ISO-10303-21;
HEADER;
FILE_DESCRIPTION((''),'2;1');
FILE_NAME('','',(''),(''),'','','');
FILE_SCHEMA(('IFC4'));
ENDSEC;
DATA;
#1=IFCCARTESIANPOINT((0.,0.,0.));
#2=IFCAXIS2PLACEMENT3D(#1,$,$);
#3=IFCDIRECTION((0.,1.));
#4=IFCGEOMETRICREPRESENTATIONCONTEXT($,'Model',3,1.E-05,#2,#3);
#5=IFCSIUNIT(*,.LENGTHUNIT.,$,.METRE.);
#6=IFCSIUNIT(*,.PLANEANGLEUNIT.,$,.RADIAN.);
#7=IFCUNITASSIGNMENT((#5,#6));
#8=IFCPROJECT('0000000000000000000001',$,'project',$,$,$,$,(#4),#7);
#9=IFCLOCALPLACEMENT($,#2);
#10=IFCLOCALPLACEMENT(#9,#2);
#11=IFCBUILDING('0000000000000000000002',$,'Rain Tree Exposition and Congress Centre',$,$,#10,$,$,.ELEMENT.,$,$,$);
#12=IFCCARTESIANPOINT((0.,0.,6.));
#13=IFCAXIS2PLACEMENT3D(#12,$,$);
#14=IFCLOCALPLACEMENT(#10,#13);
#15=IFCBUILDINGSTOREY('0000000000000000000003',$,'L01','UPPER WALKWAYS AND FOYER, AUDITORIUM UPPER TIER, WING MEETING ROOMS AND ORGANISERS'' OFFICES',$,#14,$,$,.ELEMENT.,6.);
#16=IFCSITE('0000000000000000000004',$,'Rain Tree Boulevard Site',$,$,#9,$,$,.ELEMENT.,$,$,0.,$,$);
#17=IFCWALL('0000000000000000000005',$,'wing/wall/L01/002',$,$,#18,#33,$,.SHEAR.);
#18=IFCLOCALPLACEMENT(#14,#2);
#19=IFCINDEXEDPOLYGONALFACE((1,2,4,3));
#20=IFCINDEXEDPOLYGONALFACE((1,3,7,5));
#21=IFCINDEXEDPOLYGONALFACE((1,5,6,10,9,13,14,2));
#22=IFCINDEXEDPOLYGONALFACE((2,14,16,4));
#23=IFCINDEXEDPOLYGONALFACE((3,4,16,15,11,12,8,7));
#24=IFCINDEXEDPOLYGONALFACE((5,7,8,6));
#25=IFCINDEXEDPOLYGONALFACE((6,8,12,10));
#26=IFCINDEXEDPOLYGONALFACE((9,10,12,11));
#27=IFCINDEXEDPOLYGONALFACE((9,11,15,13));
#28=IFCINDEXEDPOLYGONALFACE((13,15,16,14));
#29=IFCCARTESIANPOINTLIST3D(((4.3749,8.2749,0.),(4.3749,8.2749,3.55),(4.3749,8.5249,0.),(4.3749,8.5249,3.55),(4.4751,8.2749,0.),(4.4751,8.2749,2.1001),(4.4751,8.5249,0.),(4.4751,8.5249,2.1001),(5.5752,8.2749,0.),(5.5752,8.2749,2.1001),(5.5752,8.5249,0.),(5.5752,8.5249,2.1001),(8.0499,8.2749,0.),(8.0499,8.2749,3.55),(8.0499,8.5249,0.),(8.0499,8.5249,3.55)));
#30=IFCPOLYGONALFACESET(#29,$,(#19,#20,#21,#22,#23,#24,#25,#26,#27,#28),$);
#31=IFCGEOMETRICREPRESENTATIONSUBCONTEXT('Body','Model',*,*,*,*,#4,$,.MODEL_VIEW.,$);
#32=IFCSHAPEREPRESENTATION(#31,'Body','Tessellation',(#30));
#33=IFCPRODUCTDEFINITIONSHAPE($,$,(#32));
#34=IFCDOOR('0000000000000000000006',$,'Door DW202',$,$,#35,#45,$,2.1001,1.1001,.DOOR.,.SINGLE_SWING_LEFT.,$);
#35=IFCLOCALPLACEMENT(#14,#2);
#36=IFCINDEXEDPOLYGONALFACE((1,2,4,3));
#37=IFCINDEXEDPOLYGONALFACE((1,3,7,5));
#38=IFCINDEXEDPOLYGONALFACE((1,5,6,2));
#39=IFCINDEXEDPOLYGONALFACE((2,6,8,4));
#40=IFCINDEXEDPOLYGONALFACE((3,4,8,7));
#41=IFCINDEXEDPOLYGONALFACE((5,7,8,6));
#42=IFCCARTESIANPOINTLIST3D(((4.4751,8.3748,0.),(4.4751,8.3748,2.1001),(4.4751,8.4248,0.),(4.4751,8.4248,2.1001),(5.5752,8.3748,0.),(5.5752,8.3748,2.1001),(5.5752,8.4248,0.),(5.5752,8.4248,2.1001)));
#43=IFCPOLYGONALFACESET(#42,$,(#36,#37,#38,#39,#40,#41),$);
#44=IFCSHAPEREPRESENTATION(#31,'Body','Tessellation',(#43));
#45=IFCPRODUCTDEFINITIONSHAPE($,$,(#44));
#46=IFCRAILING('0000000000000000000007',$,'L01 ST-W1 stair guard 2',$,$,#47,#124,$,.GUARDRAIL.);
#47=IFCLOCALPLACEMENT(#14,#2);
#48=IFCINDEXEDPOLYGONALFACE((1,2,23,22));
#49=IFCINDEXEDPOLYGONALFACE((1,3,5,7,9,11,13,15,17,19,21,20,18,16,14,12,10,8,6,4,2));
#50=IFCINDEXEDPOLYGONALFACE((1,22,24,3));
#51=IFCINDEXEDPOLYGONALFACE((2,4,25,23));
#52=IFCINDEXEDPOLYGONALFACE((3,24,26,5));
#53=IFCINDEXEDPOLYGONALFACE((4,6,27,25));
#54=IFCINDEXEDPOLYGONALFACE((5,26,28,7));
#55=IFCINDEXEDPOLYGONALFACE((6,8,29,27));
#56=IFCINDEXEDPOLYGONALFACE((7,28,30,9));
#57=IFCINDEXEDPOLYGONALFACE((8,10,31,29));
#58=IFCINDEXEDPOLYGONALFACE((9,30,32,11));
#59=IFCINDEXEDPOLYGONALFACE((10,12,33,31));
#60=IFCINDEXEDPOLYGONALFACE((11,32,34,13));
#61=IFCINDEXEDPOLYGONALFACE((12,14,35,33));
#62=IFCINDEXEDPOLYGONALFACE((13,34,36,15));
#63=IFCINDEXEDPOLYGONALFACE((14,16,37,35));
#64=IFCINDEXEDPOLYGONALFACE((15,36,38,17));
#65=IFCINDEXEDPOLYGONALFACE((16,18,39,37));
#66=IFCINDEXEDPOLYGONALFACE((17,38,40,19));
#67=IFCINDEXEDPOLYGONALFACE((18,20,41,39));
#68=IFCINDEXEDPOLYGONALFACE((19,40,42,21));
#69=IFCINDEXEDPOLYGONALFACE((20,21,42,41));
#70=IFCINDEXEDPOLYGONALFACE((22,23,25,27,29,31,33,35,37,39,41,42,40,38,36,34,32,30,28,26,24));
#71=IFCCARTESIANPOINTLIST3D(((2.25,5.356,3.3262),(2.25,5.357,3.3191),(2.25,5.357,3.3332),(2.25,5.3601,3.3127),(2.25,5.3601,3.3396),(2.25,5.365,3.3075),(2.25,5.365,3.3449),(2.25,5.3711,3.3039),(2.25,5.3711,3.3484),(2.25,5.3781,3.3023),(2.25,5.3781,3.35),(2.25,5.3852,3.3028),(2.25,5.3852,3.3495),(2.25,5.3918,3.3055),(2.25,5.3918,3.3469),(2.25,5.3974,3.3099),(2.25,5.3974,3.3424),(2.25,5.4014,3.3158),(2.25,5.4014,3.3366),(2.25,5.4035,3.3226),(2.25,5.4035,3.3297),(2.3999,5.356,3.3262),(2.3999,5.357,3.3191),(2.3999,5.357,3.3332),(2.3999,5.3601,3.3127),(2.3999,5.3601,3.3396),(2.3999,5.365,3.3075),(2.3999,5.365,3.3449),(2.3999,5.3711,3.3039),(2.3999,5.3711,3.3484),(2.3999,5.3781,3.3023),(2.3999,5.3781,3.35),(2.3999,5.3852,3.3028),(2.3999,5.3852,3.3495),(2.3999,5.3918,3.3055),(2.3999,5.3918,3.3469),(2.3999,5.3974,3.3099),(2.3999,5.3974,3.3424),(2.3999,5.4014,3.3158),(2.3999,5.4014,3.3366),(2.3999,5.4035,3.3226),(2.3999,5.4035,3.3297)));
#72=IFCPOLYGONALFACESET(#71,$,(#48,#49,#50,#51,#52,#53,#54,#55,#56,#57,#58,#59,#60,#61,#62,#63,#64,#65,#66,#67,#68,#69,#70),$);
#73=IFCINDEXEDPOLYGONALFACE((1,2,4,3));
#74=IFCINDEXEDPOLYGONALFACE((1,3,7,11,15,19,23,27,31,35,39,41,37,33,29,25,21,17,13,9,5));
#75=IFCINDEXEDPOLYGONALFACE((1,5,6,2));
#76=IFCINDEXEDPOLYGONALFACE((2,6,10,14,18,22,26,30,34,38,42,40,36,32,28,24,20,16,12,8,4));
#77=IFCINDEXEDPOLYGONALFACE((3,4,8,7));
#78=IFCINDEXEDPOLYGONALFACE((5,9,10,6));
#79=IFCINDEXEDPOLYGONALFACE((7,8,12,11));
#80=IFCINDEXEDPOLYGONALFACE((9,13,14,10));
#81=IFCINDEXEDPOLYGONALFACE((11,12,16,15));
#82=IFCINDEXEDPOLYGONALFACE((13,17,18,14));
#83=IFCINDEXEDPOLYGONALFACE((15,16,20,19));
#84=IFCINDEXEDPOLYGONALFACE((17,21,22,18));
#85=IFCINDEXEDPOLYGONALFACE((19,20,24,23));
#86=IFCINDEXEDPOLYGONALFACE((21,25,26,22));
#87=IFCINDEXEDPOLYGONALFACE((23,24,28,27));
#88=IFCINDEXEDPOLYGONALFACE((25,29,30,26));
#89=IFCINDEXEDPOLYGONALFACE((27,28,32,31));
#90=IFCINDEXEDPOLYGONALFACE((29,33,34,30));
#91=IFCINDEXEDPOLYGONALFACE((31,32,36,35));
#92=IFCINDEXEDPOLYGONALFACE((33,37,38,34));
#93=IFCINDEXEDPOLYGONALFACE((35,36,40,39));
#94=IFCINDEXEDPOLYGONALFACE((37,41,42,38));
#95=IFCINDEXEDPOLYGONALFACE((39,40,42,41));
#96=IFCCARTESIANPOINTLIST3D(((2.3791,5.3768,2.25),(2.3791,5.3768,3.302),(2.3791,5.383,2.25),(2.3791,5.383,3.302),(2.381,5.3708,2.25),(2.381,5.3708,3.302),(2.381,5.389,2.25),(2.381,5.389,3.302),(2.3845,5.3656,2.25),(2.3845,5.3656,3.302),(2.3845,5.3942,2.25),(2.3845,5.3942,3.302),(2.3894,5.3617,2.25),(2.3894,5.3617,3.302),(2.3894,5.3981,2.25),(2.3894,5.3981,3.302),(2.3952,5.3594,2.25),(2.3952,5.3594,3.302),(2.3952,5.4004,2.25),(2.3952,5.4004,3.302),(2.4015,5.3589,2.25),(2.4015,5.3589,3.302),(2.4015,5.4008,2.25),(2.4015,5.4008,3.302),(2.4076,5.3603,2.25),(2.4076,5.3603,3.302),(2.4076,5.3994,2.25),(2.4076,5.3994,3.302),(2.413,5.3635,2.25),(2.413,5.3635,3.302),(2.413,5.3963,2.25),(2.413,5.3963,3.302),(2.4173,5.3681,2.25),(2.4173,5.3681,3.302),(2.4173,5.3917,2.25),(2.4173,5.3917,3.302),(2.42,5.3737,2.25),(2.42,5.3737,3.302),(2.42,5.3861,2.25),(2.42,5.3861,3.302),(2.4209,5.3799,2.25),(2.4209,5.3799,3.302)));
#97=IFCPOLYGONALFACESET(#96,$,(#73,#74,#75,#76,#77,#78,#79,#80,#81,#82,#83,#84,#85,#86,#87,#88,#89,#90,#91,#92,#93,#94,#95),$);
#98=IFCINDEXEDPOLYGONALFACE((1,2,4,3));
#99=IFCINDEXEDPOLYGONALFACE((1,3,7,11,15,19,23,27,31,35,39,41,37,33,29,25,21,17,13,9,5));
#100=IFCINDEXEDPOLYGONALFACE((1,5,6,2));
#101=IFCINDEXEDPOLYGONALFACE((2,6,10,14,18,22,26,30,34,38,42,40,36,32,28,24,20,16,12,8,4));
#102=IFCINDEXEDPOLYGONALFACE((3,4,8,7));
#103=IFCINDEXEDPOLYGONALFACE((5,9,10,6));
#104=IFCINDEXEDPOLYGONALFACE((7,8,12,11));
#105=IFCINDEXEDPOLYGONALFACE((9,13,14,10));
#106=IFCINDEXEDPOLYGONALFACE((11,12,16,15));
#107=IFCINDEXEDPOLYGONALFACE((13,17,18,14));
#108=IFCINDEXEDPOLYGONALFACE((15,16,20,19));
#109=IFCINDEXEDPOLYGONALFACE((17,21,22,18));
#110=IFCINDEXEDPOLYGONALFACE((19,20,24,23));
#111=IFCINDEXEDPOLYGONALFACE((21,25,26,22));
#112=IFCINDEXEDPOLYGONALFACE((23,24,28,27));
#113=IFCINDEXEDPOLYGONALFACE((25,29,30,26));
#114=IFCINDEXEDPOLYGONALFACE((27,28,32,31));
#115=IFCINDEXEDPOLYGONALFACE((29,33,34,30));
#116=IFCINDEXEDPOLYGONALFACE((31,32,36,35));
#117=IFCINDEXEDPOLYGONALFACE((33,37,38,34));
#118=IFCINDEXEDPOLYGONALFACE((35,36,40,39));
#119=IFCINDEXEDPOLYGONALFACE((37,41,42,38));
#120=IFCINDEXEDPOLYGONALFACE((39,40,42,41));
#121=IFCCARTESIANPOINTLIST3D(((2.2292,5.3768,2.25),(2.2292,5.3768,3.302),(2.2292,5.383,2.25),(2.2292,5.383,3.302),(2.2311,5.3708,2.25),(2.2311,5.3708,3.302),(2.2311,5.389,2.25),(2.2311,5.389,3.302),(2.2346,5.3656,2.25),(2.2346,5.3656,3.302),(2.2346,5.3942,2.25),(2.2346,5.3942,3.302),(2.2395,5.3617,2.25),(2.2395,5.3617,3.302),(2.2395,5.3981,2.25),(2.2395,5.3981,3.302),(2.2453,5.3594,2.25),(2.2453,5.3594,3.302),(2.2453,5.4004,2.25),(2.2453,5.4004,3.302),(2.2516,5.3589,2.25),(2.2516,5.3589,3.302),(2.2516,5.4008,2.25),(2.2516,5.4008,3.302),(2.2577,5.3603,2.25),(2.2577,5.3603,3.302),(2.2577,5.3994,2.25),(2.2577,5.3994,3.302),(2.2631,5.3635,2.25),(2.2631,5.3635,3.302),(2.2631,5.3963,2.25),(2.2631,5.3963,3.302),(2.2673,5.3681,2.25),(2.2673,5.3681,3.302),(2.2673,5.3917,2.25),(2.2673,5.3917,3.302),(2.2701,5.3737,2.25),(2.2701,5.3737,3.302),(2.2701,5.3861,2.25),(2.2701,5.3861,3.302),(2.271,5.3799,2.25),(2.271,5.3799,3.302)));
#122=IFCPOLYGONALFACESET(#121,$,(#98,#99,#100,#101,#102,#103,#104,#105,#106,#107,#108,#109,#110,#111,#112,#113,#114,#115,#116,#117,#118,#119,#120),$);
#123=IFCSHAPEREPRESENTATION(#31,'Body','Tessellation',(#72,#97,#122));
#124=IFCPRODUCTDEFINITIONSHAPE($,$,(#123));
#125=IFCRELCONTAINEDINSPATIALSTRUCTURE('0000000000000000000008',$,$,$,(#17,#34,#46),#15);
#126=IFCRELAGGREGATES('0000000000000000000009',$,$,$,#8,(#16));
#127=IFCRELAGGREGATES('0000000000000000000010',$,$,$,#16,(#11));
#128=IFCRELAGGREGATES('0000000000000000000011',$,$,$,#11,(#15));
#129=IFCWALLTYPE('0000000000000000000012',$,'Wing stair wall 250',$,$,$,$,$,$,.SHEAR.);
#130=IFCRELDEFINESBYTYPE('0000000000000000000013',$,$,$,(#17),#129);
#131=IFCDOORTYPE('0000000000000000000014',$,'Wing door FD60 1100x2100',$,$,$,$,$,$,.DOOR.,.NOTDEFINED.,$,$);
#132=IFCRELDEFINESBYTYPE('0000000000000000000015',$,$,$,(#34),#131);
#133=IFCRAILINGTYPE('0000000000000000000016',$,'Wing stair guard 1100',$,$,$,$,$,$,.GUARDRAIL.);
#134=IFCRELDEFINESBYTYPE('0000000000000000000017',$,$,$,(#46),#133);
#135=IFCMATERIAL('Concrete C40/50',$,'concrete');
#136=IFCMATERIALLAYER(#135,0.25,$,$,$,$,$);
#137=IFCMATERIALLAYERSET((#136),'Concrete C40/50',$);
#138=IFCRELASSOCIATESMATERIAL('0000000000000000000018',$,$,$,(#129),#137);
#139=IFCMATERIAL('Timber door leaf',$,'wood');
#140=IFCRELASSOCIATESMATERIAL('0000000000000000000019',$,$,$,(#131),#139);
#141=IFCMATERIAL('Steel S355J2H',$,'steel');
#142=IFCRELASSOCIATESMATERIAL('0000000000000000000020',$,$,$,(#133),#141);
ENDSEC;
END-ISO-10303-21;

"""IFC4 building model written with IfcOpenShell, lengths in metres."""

from ifc_helpers import new_model, si_unit, direction, frame, frame_2d, origin, origin_2d, place, context, subcontext, project, spatial, rectangle, circle, extrude, material, layer, layer_set, type_object, element, fill, save


model = new_model("IFC4")

# Units and contexts
model_context = context("Model", 3, precision=1e-05, world=origin(), true_north=direction((0.0, 1.0)))
body_context = subcontext(model_context, "Body", "Model", "MODEL_VIEW")
ifc_project = project(units=[si_unit("LENGTHUNIT", "METRE"), si_unit("PLANEANGLEUNIT", "RADIAN")], contexts=[model_context])

# Site, building, storey
site_placement = place(None, origin())
site = spatial("IfcSite", under=ifc_project, at=site_placement, Name="Rain Tree Boulevard Site", CompositionType="ELEMENT", RefElevation=0.0)
building_placement = place(site_placement, origin())
building = spatial("IfcBuilding", under=site, at=building_placement, Name="Rain Tree Exposition and Congress Centre", CompositionType="ELEMENT")
storey_placement = place(building_placement, frame((0.0, 0.0, 6.0)))
storey = spatial("IfcBuildingStorey", under=building, at=storey_placement, Name="L01", Description="UPPER WALKWAYS AND FOYER, AUDITORIUM UPPER TIER, WING MEETING ROOMS AND ORGANISERS' OFFICES", CompositionType="ELEMENT", Elevation=6.0)

# Shared definitions
ifc_material_1 = material(Name="Concrete C40/50", Category="concrete")
ifc_layer_1 = layer(ifc_material_1, 0.25)
ifc_layer_set_1 = layer_set([ifc_layer_1], Name="Concrete C40/50")
wall_type_1 = type_object("IfcWallType", Name="Wing stair wall 250", PredefinedType="SHEAR", material=ifc_layer_set_1)

# Wall, opening, door
wall_1_placement = place(storey_placement, frame((4.375, 8.3999, 0.0), z_axis=(0.0, 0.0, 1.0), x_axis=(1.0, 0.0, 0.0)))
wall_1 = element("IfcWall", 1, at=wall_1_placement, inside=storey, type_object=wall_type_1, Name="wing/wall/L01/002", PredefinedType="SHEAR", context=body_context, shape_type="SweptSolid", body=[
    extrude(rectangle(XDim=3.675, YDim=0.25, at=frame_2d((1.8374, 0.0))), origin(), (0.0, 0.0, 1.0), 3.55),
])
opening_1_placement = place(wall_1_placement, frame((0.1001, 0.0, 0.0)))
opening_1 = element("IfcOpeningElement", 2, at=opening_1_placement, cuts=wall_1, PredefinedType="OPENING", context=body_context, shape_type="SweptSolid", body=[
    extrude(rectangle(XDim=1.1001, YDim=2.1001, at=frame_2d((0.55, 1.05))), frame((0.0, 0.125, 0.0), z_axis=(0.0, -1.0, 0.0), x_axis=(1.0, 0.0, 0.0)), (0.0, 0.0, 1.0), 0.25),
])
ifc_material_2 = material(Name="Timber door leaf", Category="wood")
door_type_1 = type_object("IfcDoorType", Name="Wing door FD60 1100x2100", OperationType="NOTDEFINED", PredefinedType="DOOR", material=ifc_material_2)
door_1_placement = place(opening_1_placement, origin())
door_1 = element("IfcDoor", 3, at=door_1_placement, inside=storey, type_object=door_type_1, Name="Door DW202", OperationType="SINGLE_SWING_LEFT", OverallHeight=2.1001, OverallWidth=1.1001, PredefinedType="DOOR", context=body_context, shape_type="SweptSolid", body=[
    extrude(rectangle(XDim=1.1001, YDim=2.1001, at=frame_2d((0.55, 1.05))), frame((0.0, 0.0249, 0.0), z_axis=(0.0, -1.0, 0.0), x_axis=(1.0, 0.0, 0.0)), (0.0, 0.0, 1.0), 0.05),
])
fill(opening_1, door_1)

# Railing
ifc_material_3 = material(Name="Steel S355J2H", Category="steel")
railing_type = type_object("IfcRailingType", Name="Wing stair guard 1100", PredefinedType="GUARDRAIL", material=ifc_material_3)
railing_1_placement = place(storey_placement, frame((2.3999, 5.3799, 2.25)))
element("IfcRailing", 4, at=railing_1_placement, inside=storey, type_object=railing_type, Name="L01 ST-W1 stair guard 2", PredefinedType="GUARDRAIL", context=body_context, shape_type="SweptSolid", body=[
    extrude(circle(Radius=0.0239, at=origin_2d()), frame((0.0, 0.0, 1.0762), z_axis=(-1.0, 0.0, 0.0), x_axis=(0.0, -1.0, 0.0)), (0.0, 0.0, 1.0), 0.1499),
    extrude(circle(Radius=0.021, at=origin_2d()), origin(), (0.0, 0.0, 1.0), 1.052),
    extrude(circle(Radius=0.021, at=origin_2d()), frame((-0.1499, 0.0, 0.0)), (0.0, 0.0, 1.0), 1.052),
])

save(model, "model.ifc")
